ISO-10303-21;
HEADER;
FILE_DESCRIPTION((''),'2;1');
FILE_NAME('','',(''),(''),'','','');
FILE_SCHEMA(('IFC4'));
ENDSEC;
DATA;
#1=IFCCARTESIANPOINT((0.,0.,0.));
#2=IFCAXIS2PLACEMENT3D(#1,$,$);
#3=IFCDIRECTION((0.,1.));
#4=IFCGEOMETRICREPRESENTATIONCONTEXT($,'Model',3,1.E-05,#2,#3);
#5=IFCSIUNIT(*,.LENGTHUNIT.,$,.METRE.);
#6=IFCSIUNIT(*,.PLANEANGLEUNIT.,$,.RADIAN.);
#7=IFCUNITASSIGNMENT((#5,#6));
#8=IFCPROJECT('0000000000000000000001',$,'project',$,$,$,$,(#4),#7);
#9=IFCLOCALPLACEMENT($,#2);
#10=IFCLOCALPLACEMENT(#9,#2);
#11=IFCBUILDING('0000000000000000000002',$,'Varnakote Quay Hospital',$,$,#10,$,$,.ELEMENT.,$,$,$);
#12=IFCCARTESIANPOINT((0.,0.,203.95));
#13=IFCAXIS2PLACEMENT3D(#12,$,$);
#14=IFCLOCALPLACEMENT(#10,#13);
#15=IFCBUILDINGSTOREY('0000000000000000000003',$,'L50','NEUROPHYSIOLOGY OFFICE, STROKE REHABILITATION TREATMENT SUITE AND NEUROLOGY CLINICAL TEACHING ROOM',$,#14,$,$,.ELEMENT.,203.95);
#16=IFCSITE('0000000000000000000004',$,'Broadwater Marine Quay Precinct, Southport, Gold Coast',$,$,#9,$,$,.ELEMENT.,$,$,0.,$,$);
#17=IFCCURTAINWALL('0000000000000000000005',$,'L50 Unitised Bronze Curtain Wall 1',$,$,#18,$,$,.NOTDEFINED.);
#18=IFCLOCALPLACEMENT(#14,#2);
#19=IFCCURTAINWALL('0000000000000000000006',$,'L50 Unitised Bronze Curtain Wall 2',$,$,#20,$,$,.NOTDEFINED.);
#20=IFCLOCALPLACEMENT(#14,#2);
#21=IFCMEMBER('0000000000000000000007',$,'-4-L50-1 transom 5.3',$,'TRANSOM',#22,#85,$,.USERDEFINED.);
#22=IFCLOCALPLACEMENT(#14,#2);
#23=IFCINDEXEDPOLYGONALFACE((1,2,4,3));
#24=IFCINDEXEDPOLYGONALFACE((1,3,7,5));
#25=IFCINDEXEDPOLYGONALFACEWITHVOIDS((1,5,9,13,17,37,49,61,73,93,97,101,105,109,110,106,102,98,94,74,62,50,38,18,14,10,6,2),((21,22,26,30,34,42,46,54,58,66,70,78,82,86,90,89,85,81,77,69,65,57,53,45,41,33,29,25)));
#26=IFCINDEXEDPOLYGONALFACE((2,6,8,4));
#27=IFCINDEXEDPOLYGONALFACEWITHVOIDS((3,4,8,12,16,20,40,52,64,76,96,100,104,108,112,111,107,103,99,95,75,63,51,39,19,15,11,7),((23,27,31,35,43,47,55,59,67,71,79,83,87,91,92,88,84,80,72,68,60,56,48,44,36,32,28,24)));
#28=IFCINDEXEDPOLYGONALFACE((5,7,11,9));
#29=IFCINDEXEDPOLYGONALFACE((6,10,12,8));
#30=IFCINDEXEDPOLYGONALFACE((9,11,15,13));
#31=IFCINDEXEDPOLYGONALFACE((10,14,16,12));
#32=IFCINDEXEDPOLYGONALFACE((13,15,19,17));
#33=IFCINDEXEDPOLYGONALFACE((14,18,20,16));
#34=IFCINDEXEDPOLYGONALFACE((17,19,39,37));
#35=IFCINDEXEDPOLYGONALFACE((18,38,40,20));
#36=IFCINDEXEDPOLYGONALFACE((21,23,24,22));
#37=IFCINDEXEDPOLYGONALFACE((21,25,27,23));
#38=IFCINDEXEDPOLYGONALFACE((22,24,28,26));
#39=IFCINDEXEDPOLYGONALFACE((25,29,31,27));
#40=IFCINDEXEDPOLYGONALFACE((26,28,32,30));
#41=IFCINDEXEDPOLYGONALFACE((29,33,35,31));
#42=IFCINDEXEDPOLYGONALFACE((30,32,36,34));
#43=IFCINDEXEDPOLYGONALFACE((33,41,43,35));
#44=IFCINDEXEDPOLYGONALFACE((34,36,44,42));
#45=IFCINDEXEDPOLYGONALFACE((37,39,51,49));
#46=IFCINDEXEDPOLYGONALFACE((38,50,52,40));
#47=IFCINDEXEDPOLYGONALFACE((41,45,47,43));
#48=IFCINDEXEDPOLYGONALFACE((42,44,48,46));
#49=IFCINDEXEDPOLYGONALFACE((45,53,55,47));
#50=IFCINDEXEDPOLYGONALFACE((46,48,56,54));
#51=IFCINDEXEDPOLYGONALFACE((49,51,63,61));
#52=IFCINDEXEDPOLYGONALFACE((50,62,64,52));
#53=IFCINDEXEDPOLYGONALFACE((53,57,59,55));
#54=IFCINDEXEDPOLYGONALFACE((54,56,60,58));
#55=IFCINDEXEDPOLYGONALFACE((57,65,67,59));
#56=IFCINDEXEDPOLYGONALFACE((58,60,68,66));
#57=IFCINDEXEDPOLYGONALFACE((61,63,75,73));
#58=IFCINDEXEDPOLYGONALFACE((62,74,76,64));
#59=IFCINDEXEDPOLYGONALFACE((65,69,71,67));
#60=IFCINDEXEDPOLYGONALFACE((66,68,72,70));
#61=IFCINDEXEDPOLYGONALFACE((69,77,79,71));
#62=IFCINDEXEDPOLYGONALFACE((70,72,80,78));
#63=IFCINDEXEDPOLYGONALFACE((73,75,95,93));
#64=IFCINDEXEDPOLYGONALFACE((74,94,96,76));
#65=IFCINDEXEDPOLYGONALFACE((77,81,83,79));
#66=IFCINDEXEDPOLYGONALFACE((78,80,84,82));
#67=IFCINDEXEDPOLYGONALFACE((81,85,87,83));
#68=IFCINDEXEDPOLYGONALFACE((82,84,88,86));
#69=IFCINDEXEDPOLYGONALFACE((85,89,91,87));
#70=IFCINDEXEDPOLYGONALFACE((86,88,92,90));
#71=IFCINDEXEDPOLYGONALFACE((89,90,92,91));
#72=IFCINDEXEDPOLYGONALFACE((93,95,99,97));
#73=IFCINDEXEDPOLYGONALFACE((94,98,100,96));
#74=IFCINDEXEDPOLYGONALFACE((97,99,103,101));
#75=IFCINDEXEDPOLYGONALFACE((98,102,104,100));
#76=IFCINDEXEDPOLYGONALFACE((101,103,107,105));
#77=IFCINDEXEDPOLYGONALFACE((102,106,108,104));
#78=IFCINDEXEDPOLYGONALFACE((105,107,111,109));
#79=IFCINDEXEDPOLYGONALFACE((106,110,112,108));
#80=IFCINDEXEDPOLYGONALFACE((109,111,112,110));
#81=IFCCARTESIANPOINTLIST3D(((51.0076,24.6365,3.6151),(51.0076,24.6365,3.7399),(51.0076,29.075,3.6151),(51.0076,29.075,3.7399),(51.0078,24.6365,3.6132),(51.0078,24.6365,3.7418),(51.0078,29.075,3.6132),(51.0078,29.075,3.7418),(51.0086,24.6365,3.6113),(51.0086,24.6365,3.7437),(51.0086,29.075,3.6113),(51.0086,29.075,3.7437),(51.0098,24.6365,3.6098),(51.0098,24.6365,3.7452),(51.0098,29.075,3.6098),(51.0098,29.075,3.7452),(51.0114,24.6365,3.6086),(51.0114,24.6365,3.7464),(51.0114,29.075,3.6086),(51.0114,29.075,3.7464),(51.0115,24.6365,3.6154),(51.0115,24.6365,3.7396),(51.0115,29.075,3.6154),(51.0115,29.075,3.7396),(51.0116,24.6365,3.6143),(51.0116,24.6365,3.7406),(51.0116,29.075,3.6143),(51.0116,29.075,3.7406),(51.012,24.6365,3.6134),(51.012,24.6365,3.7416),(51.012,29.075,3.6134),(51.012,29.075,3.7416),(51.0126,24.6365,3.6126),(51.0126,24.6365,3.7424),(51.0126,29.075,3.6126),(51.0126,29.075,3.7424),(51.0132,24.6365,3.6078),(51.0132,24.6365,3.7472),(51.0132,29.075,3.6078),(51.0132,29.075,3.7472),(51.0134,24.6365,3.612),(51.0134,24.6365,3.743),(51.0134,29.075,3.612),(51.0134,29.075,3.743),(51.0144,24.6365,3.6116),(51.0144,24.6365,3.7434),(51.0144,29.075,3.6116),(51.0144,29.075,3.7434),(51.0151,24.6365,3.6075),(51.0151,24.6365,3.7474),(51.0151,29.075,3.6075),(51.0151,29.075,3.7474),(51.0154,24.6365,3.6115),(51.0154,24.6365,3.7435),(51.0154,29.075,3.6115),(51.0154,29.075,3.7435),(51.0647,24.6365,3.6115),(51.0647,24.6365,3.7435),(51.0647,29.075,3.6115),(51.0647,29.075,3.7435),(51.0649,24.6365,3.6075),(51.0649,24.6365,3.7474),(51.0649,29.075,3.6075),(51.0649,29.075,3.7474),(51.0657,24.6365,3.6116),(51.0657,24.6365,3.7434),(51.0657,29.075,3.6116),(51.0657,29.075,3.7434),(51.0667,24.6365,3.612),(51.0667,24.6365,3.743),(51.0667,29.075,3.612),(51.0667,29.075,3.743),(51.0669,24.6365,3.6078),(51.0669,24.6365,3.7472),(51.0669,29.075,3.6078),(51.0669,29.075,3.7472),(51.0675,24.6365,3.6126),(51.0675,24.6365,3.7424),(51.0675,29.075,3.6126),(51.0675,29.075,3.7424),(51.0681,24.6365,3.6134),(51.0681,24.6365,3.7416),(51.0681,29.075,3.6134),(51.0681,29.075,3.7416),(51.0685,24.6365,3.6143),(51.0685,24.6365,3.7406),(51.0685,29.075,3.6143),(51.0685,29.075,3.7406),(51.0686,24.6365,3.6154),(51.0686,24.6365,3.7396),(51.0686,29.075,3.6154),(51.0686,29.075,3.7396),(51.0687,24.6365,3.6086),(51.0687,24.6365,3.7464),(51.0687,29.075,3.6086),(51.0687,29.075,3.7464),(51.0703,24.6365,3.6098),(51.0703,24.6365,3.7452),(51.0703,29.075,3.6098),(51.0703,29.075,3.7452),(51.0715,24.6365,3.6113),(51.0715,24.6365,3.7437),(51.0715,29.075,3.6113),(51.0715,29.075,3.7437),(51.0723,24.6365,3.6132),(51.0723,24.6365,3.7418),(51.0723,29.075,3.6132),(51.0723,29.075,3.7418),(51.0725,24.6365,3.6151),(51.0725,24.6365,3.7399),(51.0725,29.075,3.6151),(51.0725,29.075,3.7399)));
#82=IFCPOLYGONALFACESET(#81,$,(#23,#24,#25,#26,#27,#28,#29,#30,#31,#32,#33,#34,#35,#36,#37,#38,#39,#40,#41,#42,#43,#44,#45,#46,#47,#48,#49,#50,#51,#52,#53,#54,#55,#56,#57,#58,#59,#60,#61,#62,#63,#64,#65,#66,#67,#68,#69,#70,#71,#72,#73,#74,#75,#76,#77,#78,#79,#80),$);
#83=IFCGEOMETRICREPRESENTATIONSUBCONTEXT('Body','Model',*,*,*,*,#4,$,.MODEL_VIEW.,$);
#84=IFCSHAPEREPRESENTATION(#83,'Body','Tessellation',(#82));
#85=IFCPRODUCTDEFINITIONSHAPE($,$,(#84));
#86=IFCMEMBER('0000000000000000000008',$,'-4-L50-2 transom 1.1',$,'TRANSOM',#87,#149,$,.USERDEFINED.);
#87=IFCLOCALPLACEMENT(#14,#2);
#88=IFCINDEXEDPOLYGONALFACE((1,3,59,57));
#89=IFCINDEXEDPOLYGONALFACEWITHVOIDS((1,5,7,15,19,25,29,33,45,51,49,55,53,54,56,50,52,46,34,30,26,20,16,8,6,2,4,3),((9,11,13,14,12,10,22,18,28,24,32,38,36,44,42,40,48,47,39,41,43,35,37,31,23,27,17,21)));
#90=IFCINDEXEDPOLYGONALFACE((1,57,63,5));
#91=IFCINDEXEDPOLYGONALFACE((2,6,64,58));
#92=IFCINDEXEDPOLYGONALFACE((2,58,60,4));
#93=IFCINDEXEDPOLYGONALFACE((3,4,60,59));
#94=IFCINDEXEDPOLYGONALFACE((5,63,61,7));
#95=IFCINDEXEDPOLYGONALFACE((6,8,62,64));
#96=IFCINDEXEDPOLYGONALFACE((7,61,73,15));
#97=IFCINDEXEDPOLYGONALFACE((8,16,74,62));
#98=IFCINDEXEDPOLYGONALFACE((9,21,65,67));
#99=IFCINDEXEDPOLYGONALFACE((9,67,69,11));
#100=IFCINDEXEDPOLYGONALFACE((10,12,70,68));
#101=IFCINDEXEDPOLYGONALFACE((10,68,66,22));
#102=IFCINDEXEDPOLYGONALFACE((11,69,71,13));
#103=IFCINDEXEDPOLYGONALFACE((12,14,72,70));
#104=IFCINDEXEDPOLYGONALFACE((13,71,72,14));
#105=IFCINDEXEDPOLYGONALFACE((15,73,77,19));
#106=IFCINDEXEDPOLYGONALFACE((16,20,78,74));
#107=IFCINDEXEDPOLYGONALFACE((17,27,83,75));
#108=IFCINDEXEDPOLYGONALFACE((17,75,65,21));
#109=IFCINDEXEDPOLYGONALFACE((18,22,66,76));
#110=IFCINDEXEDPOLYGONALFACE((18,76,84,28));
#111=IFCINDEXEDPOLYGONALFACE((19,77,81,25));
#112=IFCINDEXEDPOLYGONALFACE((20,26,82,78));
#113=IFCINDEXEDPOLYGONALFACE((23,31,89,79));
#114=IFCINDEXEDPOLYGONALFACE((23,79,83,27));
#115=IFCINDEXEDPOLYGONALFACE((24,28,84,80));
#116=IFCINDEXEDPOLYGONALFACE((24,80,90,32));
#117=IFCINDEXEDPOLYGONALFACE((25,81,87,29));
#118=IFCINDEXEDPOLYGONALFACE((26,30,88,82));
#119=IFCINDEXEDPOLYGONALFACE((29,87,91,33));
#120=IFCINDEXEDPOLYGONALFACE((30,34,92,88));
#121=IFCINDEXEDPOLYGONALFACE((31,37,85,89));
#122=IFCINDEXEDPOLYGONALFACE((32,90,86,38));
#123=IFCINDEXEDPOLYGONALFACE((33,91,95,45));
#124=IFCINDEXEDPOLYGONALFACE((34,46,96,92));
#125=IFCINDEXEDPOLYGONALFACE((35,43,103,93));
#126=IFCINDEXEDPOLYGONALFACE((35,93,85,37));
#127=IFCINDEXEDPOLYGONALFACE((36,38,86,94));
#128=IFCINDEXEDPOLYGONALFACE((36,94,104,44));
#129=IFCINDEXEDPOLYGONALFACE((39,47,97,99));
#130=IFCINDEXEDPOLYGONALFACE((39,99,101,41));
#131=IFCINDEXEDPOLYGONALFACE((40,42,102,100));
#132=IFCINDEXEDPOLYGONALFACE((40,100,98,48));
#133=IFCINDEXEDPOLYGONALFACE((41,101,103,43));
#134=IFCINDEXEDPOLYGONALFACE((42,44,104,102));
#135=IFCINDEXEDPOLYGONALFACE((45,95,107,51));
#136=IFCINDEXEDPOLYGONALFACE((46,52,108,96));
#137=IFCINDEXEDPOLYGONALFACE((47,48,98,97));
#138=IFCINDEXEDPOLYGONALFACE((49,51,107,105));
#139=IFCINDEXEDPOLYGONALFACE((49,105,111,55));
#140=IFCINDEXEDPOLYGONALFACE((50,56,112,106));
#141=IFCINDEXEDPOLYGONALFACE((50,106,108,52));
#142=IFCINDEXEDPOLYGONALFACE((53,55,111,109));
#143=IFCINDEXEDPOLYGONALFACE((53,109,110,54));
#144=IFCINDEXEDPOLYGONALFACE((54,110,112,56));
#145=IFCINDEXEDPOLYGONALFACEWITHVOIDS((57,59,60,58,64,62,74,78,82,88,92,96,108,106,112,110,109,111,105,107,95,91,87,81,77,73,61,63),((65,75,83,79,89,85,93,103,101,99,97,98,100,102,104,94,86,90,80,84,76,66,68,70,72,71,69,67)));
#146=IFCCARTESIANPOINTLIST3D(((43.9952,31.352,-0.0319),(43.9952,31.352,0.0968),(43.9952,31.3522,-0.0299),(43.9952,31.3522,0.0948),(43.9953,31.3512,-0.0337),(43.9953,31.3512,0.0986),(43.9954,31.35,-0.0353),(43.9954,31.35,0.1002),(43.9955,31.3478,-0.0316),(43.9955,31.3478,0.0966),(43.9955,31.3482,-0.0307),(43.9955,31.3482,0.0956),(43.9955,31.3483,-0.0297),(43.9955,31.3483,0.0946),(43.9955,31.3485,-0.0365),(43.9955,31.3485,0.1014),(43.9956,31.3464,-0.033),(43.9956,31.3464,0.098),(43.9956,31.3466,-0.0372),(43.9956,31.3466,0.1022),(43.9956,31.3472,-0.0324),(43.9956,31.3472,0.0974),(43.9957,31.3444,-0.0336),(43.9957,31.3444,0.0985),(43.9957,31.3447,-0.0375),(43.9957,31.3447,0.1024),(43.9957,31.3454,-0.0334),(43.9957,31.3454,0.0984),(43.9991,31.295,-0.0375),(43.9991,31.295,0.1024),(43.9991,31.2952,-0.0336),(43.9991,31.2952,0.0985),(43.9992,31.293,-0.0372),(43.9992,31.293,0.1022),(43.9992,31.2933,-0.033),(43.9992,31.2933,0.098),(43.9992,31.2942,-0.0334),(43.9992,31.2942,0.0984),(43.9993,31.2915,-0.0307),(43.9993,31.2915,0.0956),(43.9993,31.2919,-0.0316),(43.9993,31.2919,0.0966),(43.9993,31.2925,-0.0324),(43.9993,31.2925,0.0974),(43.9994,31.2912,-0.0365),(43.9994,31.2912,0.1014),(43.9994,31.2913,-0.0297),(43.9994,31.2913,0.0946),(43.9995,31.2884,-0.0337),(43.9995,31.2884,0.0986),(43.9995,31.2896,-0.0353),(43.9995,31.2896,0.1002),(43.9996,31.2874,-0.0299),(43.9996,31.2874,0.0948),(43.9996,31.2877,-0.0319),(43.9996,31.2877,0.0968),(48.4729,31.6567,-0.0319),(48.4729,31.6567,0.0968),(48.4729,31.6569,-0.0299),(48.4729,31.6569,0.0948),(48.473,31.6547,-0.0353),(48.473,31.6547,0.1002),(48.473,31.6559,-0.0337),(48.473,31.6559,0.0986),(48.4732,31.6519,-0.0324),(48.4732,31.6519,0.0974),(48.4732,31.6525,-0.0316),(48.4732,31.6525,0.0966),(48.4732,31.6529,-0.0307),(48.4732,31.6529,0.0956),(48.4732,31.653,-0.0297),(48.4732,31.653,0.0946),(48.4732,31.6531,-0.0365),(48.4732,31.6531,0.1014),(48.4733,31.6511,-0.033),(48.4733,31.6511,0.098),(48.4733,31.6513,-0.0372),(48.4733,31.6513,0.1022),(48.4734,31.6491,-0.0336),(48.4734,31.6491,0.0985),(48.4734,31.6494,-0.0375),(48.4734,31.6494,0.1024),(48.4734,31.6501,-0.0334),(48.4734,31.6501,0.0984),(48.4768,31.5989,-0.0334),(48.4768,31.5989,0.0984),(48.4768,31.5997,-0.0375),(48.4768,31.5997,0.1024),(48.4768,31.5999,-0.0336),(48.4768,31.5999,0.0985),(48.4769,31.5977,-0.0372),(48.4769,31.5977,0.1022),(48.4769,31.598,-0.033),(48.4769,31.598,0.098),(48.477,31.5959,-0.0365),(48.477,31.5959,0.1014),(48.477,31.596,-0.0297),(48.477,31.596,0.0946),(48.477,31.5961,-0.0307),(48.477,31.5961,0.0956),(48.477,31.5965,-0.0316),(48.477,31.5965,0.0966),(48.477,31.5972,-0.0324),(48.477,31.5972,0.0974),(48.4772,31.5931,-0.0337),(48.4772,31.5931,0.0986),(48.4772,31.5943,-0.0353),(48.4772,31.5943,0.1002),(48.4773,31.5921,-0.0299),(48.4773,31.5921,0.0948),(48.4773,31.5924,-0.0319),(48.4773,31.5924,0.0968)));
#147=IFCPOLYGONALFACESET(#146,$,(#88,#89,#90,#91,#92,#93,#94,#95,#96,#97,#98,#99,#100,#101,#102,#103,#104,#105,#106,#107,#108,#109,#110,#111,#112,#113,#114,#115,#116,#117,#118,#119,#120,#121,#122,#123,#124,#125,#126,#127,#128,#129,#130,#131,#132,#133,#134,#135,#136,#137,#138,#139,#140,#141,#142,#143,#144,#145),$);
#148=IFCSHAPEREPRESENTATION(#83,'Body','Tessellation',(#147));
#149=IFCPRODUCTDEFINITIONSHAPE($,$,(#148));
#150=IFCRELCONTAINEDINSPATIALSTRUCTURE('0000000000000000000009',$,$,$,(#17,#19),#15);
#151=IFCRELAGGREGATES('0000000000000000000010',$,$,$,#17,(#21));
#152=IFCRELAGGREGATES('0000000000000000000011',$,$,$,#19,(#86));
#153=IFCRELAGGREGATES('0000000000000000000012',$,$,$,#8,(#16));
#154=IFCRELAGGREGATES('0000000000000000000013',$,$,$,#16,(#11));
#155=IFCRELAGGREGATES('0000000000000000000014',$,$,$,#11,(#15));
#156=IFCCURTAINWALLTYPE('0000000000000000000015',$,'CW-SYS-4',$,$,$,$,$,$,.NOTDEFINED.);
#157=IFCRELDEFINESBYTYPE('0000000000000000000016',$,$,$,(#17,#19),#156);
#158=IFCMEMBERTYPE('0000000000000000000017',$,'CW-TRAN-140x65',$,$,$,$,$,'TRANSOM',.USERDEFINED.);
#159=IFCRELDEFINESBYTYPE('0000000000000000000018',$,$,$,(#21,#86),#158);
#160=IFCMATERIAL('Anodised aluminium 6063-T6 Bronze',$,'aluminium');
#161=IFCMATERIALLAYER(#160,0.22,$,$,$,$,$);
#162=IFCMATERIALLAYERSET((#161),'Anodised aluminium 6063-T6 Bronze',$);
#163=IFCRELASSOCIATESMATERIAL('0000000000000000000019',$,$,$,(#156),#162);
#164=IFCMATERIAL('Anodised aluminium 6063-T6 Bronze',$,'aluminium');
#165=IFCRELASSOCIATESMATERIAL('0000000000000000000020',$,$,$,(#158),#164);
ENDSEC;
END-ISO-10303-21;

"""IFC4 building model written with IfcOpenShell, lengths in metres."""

from ifc_helpers import new_model, si_unit, direction, frame, origin, origin_2d, place, context, subcontext, project, spatial, hollow_rectangle, extrude, material, layer, layer_set, material_profile, profile_set, type_object, element, aggregate, save


model = new_model("IFC4")

# Units and contexts
model_context = context("Model", 3, precision=1e-05, world=origin(), true_north=direction((0.0, 1.0)))
body_context = subcontext(model_context, "Body", "Model", "MODEL_VIEW")
ifc_project = project(units=[si_unit("LENGTHUNIT", "METRE"), si_unit("PLANEANGLEUNIT", "RADIAN")], contexts=[model_context])

# Site, building, storey
site_placement = place(None, origin())
site = spatial("IfcSite", under=ifc_project, at=site_placement, Name="Broadwater Marine Quay Precinct, Southport, Gold Coast", CompositionType="ELEMENT", RefElevation=0.0)
building_placement = place(site_placement, origin())
building = spatial("IfcBuilding", under=site, at=building_placement, Name="Varnakote Quay Hospital", CompositionType="ELEMENT")
storey_placement = place(building_placement, frame((0.0, 0.0, 203.95)))
storey = spatial("IfcBuildingStorey", under=building, at=storey_placement, Name="L50", Description="NEUROPHYSIOLOGY OFFICE, STROKE REHABILITATION TREATMENT SUITE AND NEUROLOGY CLINICAL TEACHING ROOM", CompositionType="ELEMENT", Elevation=203.95)

# Curtain walls
ifc_material_1 = material(Name="Anodised aluminium 6063-T6 Bronze", Category="aluminium")
ifc_layer_1 = layer(ifc_material_1, 0.22)
ifc_layer_set_1 = layer_set([ifc_layer_1], Name="Anodised aluminium 6063-T6 Bronze")
curtain_wall_type = type_object("IfcCurtainWallType", Name="CW-SYS-4", PredefinedType="NOTDEFINED", material=ifc_layer_set_1)
curtain_wall_1_placement = place(storey_placement, origin())
curtain_wall_1 = element("IfcCurtainWall", 1, at=curtain_wall_1_placement, inside=storey, type_object=curtain_wall_type, Name="L50 Unitised Bronze Curtain Wall 1", PredefinedType="NOTDEFINED")
curtain_wall_2_placement = place(storey_placement, origin())
curtain_wall_2 = element("IfcCurtainWall", 2, at=curtain_wall_2_placement, inside=storey, type_object=curtain_wall_type, Name="L50 Unitised Bronze Curtain Wall 2", PredefinedType="NOTDEFINED")

# Members
ifc_material_2 = material(Name="Anodised aluminium 6063-T6 Bronze", Category="aluminium")
ifc_material_profile_1 = material_profile(ifc_material_2, hollow_rectangle(XDim=0.0649, YDim=0.1399, WallThickness=0.0039, InnerFilletRadius=0.0039, OuterFilletRadius=0.0076, at=origin_2d()), Name="CW-TRAN-140x65")
ifc_profile_set_1 = profile_set([ifc_material_profile_1], Name="Anodised aluminium 6063-T6 Bronze")
member_type_1 = type_object("IfcMemberType", Name="CW-TRAN-140x65", ElementType="TRANSOM", PredefinedType="USERDEFINED", material=ifc_profile_set_1)
member_1_placement = place(storey_placement, frame((51.04, 24.6365, 3.6775), z_axis=(0.0, 1.0, 0.0), x_axis=(-1.0, 0.0, 0.0)))
member_1 = element("IfcMember", 3, at=member_1_placement, type_object=member_type_1, Name="-4-L50-1 transom 5.3", ObjectType="TRANSOM", PredefinedType="USERDEFINED", context=body_context, shape_type="SweptSolid", body=[
    extrude(hollow_rectangle(XDim=0.0649, YDim=0.1399, WallThickness=0.0039, InnerFilletRadius=0.0039, OuterFilletRadius=0.0076, at=origin_2d()), origin(), (0.0, 0.0, 1.0), 4.4385),
])
member_2_placement = place(storey_placement, frame((48.4751, 31.6245, 0.0325), z_axis=(-0.997693, -0.067887, 0.0), x_axis=(0.067887, -0.997693, 0.0)))
member_2 = element("IfcMember", 4, at=member_2_placement, type_object=member_type_1, Name="-4-L50-2 transom 1.1", ObjectType="TRANSOM", PredefinedType="USERDEFINED", context=body_context, shape_type="SweptSolid", body=[
    extrude(hollow_rectangle(XDim=0.0649, YDim=0.1399, WallThickness=0.0039, InnerFilletRadius=0.0039, OuterFilletRadius=0.0076, at=origin_2d()), origin(), (0.0, 0.0, 1.0), 4.488),
])

aggregate(curtain_wall_1, [member_1])
aggregate(curtain_wall_2, [member_2])

save(model, "model.ifc")
